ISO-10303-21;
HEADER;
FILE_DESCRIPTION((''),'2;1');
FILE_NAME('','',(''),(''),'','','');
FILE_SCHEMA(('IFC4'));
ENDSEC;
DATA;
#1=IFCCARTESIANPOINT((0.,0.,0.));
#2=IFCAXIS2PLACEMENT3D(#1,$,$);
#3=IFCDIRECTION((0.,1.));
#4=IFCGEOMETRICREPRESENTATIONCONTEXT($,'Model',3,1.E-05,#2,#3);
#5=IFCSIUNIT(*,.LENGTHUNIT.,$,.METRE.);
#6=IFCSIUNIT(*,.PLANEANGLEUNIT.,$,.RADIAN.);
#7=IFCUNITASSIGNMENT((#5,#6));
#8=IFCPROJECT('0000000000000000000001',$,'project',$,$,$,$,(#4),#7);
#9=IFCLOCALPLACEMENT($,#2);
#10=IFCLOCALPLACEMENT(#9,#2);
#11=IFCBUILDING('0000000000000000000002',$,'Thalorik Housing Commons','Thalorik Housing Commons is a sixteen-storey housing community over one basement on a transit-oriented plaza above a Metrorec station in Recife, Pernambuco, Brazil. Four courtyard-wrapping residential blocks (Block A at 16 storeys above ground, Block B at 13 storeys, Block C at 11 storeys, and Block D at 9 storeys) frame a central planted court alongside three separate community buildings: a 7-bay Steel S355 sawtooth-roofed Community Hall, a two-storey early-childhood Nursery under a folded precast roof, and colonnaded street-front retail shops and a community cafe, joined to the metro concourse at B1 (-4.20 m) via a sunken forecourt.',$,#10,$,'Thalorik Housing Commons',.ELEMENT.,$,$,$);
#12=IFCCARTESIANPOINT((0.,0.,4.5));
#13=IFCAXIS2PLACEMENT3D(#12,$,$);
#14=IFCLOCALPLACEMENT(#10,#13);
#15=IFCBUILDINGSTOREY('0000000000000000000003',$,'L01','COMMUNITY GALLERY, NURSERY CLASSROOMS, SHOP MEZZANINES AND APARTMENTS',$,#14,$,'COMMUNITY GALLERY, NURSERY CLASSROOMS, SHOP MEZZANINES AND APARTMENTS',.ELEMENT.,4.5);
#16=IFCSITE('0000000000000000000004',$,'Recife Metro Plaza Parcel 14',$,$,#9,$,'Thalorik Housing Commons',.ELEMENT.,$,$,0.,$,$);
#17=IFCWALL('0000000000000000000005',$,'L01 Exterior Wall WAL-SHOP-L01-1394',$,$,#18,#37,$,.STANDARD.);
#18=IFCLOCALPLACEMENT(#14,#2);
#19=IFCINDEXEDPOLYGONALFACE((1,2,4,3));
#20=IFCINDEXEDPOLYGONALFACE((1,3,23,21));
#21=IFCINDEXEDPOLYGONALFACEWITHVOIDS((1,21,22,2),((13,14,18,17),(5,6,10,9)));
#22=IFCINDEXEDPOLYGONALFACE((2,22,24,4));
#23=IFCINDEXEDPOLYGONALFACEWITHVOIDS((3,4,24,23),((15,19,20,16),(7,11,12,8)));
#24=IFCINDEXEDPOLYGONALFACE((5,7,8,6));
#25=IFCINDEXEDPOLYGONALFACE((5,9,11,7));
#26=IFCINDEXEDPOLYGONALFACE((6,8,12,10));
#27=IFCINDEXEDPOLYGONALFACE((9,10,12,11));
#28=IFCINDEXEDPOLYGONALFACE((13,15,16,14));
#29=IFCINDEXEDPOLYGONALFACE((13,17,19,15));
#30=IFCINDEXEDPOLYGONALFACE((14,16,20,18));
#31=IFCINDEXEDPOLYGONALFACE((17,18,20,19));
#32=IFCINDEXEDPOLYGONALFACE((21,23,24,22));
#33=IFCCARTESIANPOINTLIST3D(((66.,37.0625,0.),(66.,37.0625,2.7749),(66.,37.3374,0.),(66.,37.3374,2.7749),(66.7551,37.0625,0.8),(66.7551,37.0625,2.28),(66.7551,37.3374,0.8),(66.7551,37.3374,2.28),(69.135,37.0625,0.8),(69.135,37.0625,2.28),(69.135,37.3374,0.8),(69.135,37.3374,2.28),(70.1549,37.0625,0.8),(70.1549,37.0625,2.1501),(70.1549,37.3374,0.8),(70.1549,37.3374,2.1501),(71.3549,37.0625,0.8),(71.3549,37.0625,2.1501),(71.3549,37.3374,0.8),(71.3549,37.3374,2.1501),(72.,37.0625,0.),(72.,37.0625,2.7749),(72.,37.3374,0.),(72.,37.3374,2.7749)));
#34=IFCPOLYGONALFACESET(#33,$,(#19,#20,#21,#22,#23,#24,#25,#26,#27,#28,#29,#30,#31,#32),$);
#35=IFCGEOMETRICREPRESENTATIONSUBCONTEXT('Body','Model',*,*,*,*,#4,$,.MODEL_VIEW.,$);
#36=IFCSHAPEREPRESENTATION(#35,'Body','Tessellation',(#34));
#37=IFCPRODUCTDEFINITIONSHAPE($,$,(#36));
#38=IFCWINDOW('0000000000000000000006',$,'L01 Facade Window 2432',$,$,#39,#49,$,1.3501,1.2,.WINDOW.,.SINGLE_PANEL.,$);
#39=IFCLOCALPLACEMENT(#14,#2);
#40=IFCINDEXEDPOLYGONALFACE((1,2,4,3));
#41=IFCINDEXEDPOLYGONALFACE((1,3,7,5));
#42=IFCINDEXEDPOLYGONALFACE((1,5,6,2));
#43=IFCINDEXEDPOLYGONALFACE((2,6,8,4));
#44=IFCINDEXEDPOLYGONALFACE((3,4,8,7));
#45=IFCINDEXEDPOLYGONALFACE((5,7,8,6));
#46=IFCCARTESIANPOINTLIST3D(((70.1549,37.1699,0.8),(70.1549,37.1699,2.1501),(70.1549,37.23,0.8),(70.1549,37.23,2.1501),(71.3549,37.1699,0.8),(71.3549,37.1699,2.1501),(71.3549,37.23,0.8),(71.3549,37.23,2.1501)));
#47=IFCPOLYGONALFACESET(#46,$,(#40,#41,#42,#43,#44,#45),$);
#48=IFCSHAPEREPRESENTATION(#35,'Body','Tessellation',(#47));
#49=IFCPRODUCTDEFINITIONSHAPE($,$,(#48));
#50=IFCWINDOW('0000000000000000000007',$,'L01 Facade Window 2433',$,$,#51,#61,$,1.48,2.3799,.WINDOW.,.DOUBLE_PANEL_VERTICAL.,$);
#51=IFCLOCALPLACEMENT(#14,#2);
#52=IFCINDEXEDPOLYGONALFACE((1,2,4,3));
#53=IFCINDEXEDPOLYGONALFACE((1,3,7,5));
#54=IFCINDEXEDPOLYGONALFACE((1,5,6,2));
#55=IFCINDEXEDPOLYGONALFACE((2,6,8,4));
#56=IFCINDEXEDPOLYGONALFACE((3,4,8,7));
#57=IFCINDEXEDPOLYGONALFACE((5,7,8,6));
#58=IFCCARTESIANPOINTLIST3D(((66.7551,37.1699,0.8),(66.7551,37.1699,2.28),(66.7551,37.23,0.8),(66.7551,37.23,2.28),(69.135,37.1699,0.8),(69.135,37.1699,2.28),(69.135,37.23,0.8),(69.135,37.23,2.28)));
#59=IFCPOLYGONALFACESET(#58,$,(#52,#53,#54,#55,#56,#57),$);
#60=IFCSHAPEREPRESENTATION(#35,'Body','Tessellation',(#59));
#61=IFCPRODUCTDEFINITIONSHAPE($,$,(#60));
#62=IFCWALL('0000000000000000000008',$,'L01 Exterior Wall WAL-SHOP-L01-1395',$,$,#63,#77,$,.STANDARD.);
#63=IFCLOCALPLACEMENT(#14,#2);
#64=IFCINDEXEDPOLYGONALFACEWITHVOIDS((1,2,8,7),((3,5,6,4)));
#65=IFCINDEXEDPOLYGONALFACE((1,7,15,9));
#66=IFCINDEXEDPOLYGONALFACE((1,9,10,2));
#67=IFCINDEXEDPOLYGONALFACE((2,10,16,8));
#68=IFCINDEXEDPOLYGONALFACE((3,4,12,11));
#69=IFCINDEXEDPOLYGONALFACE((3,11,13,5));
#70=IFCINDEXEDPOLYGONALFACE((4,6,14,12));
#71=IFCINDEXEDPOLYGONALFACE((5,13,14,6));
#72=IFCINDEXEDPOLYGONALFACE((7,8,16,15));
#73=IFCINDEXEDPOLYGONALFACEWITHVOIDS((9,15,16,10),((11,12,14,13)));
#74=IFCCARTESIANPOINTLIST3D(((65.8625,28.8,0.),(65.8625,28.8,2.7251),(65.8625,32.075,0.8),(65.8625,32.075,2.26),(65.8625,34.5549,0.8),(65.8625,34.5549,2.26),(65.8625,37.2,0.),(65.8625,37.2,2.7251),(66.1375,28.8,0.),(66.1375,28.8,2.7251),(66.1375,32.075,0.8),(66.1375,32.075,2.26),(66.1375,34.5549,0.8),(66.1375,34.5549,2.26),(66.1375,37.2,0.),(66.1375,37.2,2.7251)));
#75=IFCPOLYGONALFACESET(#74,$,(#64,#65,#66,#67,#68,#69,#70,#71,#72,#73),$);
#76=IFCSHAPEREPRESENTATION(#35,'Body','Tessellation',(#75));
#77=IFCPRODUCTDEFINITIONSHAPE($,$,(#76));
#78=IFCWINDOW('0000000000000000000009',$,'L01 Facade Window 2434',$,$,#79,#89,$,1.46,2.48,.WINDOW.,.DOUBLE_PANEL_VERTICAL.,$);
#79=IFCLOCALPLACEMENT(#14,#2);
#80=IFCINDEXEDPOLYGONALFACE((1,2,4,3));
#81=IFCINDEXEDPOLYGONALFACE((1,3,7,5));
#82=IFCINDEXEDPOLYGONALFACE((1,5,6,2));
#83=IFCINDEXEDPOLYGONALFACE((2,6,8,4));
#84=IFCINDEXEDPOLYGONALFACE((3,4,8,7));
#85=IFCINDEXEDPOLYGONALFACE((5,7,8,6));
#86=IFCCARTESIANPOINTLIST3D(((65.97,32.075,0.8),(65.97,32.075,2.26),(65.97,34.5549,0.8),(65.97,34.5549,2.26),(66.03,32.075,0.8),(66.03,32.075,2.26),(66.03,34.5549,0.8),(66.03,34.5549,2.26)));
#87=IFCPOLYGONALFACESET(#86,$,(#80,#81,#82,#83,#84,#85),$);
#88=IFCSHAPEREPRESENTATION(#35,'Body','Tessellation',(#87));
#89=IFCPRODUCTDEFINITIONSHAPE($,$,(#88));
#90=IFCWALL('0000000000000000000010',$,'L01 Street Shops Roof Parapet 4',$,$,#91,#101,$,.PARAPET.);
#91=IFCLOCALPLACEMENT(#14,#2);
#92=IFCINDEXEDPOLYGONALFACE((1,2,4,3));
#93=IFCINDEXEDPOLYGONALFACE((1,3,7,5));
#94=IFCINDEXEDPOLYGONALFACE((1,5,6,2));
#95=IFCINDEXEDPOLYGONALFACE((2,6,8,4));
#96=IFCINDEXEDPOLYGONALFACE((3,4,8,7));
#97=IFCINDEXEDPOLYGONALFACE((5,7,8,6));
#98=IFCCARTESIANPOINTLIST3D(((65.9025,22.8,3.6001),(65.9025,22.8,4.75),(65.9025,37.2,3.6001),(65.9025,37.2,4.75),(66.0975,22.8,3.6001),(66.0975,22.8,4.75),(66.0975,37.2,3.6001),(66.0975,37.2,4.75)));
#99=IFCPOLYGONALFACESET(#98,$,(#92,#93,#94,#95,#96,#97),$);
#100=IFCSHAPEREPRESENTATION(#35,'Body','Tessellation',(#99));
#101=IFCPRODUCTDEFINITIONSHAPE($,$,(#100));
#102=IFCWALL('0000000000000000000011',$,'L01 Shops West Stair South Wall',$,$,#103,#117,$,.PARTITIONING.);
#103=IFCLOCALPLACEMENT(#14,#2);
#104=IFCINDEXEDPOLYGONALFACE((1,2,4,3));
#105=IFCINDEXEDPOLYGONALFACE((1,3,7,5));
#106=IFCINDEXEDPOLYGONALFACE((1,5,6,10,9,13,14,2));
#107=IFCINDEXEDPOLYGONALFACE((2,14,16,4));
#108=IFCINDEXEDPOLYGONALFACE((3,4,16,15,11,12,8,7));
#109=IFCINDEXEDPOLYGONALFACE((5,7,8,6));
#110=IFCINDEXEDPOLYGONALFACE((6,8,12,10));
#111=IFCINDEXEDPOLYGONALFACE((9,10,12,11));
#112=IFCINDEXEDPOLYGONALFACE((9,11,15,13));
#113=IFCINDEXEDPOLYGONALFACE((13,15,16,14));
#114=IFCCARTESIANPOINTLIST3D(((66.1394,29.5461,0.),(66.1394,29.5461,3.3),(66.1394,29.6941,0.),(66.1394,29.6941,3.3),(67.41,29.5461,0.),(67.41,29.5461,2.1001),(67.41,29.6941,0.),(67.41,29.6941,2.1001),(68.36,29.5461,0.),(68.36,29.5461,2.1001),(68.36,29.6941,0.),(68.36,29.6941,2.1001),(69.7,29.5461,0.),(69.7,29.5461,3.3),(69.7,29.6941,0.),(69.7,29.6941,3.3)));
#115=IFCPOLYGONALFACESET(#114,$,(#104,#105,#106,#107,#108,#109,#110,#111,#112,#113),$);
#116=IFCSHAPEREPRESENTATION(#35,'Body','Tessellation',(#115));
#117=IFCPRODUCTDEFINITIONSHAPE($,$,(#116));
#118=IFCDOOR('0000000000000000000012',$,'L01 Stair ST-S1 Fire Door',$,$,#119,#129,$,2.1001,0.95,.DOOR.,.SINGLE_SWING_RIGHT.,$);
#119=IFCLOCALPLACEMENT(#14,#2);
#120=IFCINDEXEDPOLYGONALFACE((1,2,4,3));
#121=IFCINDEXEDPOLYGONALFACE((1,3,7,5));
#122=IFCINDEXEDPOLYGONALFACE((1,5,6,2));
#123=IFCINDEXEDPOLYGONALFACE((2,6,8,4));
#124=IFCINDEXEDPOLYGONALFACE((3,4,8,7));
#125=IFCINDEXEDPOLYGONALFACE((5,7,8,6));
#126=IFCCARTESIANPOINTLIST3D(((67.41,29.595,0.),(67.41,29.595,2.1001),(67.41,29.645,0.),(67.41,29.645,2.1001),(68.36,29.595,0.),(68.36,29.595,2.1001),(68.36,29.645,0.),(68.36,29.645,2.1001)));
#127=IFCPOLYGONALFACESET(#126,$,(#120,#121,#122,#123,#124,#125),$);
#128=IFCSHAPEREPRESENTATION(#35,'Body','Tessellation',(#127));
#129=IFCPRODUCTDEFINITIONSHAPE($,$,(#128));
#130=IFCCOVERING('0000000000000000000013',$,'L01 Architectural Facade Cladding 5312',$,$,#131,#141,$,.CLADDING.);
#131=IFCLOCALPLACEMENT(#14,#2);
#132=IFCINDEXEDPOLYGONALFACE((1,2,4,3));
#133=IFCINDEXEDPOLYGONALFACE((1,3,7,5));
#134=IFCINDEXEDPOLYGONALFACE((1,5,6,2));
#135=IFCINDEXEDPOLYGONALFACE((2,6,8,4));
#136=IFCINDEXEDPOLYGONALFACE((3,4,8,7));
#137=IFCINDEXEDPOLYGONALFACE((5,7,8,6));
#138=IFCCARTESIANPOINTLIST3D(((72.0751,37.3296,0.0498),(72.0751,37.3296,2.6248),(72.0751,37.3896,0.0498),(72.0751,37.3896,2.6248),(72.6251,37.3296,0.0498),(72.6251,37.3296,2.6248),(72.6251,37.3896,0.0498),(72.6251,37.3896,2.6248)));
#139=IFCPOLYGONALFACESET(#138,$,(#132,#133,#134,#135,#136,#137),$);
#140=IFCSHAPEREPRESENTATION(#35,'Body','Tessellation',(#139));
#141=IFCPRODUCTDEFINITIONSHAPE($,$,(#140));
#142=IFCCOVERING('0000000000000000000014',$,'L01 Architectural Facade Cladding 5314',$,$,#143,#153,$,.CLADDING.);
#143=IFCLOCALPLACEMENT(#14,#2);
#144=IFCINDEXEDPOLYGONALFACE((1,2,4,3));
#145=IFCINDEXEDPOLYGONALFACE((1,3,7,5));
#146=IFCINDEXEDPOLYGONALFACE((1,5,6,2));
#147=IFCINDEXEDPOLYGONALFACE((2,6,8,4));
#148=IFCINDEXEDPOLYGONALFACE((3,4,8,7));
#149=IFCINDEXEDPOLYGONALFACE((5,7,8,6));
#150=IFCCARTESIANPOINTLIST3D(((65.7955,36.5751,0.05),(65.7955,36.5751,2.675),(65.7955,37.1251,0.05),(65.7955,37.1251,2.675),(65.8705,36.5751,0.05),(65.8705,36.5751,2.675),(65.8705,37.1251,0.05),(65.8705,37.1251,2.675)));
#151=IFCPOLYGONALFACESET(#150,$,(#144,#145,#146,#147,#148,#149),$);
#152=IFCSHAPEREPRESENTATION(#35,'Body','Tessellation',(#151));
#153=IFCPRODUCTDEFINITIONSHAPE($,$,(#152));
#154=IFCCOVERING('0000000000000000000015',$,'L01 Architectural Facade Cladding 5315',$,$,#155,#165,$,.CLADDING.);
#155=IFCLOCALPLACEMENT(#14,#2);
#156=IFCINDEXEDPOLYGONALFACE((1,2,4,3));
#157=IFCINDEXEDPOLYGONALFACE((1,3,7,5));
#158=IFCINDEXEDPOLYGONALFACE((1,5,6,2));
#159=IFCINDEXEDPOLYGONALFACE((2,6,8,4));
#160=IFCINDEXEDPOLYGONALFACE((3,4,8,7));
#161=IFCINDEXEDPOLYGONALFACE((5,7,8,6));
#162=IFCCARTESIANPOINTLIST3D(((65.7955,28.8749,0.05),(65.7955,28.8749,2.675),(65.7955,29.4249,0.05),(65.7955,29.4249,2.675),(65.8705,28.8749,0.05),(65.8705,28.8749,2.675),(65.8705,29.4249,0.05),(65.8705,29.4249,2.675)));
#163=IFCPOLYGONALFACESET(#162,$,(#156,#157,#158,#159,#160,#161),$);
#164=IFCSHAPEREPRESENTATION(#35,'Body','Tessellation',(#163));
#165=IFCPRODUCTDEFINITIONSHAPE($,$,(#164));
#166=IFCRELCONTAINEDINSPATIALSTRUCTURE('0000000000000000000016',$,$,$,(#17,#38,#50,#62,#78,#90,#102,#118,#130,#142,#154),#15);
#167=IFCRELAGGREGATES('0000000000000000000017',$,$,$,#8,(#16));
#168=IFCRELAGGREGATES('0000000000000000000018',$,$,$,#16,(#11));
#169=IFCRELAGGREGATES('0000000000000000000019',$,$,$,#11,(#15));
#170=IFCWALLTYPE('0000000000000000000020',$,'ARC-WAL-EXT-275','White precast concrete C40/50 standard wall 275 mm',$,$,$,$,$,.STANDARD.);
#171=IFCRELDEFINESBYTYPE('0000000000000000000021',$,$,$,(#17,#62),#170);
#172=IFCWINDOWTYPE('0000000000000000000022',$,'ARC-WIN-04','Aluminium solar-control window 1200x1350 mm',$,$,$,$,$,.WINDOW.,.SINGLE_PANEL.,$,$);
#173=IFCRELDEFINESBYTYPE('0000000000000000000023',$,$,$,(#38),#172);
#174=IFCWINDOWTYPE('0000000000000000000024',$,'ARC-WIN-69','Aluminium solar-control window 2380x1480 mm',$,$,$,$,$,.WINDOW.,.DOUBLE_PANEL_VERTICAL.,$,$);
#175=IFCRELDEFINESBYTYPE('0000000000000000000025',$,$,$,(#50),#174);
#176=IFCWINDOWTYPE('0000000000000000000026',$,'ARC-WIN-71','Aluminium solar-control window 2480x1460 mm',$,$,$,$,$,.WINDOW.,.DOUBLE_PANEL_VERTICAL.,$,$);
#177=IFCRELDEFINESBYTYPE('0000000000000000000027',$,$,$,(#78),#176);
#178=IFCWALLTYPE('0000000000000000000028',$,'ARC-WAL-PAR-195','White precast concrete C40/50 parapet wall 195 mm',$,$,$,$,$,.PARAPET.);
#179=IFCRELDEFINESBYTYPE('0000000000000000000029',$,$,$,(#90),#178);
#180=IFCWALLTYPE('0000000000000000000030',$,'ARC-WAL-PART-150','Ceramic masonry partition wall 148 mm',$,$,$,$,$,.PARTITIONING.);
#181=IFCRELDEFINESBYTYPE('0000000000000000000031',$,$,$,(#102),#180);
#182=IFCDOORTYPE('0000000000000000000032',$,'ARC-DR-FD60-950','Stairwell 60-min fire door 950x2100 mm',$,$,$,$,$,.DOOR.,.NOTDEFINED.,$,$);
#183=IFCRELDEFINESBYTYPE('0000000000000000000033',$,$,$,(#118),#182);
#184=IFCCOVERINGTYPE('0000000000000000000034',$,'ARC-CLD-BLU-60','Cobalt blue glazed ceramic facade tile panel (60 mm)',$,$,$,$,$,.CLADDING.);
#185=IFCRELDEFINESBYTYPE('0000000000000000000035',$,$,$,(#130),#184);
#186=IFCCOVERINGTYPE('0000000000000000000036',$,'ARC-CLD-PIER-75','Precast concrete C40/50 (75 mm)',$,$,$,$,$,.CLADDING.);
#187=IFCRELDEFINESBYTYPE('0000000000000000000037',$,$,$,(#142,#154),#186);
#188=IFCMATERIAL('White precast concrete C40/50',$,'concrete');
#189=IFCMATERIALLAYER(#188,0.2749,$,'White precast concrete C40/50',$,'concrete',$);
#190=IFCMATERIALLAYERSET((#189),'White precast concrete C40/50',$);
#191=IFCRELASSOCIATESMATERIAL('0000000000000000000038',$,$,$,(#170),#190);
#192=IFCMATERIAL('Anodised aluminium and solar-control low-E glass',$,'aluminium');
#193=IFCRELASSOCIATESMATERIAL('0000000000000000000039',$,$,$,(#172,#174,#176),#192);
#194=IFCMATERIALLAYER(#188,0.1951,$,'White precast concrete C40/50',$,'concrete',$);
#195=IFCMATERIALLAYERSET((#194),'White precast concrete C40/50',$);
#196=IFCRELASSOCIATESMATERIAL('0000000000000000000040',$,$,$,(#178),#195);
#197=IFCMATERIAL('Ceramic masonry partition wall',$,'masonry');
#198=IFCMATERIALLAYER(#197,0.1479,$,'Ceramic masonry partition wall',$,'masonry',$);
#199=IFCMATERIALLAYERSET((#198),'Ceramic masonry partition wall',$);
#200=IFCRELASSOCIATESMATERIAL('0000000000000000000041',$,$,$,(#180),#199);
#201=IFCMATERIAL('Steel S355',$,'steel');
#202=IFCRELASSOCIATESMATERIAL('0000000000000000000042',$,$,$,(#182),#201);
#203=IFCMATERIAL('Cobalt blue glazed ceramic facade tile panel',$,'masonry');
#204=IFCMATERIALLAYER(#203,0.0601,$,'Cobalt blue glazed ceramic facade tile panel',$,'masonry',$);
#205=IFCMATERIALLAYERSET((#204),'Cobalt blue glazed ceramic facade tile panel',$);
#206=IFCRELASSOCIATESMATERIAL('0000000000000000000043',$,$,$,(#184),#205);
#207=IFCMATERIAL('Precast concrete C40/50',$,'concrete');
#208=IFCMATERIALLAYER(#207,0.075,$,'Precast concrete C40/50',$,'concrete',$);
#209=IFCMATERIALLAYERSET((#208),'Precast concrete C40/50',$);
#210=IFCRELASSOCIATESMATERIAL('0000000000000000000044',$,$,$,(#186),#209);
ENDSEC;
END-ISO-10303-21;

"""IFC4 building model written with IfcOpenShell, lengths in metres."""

from ifc_helpers import new_model, si_unit, direction, frame, frame_2d, origin, origin_2d, place, context, subcontext, project, spatial, rectangle, extrude, material, layer, layer_set, type_object, element, fill, save


model = new_model("IFC4")

# Units and contexts
model_context = context("Model", 3, precision=1e-05, world=origin(), true_north=direction((0.0, 1.0)))
body_context = subcontext(model_context, "Body", "Model", "MODEL_VIEW")
ifc_project = project(units=[si_unit("LENGTHUNIT", "METRE"), si_unit("PLANEANGLEUNIT", "RADIAN")], contexts=[model_context])

# Site, building, storey
site_placement = place(None, origin())
site = spatial("IfcSite", under=ifc_project, at=site_placement, Name="Recife Metro Plaza Parcel 14", LongName="Thalorik Housing Commons", CompositionType="ELEMENT", RefElevation=0.0)
building_placement = place(site_placement, origin())
building = spatial("IfcBuilding", under=site, at=building_placement, Name="Thalorik Housing Commons", Description="Thalorik Housing Commons is a sixteen-storey housing community over one basement on a transit-oriented plaza above a Metrorec station in Recife, Pernambuco, Brazil. Four courtyard-wrapping residential blocks (Block A at 16 storeys above ground, Block B at 13 storeys, Block C at 11 storeys, and Block D at 9 storeys) frame a central planted court alongside three separate community buildings: a 7-bay Steel S355 sawtooth-roofed Community Hall, a two-storey early-childhood Nursery under a folded precast roof, and colonnaded street-front retail shops and a community cafe, joined to the metro concourse at B1 (-4.20 m) via a sunken forecourt.", LongName="Thalorik Housing Commons", CompositionType="ELEMENT")
storey_placement = place(building_placement, frame((0.0, 0.0, 4.5)))
storey = spatial("IfcBuildingStorey", under=building, at=storey_placement, Name="L01", Description="COMMUNITY GALLERY, NURSERY CLASSROOMS, SHOP MEZZANINES AND APARTMENTS", LongName="COMMUNITY GALLERY, NURSERY CLASSROOMS, SHOP MEZZANINES AND APARTMENTS", CompositionType="ELEMENT", Elevation=4.5)

# Shared definitions
ifc_material_1 = material(Name="Steel S355", Category="steel")
ifc_material_2 = material(Name="Precast concrete C40/50", Category="concrete")

# Wall, openings, windows
ifc_material_3 = material(Name="White precast concrete C40/50", Category="concrete")
ifc_layer_1 = layer(ifc_material_3, 0.2749, Name="White precast concrete C40/50", Category="concrete")
ifc_layer_set_1 = layer_set([ifc_layer_1], Name="White precast concrete C40/50")
wall_type_1 = type_object("IfcWallType", Name="ARC-WAL-EXT-275", Description="White precast concrete C40/50 standard wall 275 mm", PredefinedType="STANDARD", material=ifc_layer_set_1)
wall_1_placement = place(storey_placement, frame((72.0, 37.2, 0.0), z_axis=(0.0, 0.0, 1.0), x_axis=(-1.0, 0.0, 0.0)))
wall_1 = element("IfcWall", 1, at=wall_1_placement, inside=storey, type_object=wall_type_1, Name="L01 Exterior Wall WAL-SHOP-L01-1394", PredefinedType="STANDARD", context=body_context, shape_type="SweptSolid", body=[
    extrude(rectangle(XDim=6.0, YDim=0.2749, at=frame_2d((3.0, 0.0))), origin(), (0.0, 0.0, 1.0), 2.7749),
])
opening_1_placement = place(wall_1_placement, frame((0.645, 0.0, 0.8)))
opening_1 = element("IfcOpeningElement", 2, at=opening_1_placement, cuts=wall_1, PredefinedType="OPENING", context=body_context, shape_type="SweptSolid", body=[
    extrude(rectangle(XDim=1.2, YDim=1.3501, at=frame_2d((0.6001, 0.675))), frame((0.0, 0.1475, 0.0), z_axis=(0.0, -1.0, 0.0), x_axis=(1.0, 0.0, 0.0)), (0.0, 0.0, 1.0), 0.2949),
])
opening_2_placement = place(wall_1_placement, frame((2.865, 0.0, 0.8)))
opening_2 = element("IfcOpeningElement", 3, at=opening_2_placement, cuts=wall_1, PredefinedType="OPENING", context=body_context, shape_type="SweptSolid", body=[
    extrude(rectangle(XDim=2.3799, YDim=1.48, at=frame_2d((1.1899, 0.74))), frame((0.0, 0.1475, 0.0), z_axis=(0.0, -1.0, 0.0), x_axis=(1.0, 0.0, 0.0)), (0.0, 0.0, 1.0), 0.2949),
])
ifc_material_4 = material(Name="Anodised aluminium and solar-control low-E glass", Category="aluminium")
window_type_1 = type_object("IfcWindowType", Name="ARC-WIN-04", Description="Aluminium solar-control window 1200x1350 mm", PartitioningType="SINGLE_PANEL", PredefinedType="WINDOW", material=ifc_material_4)
window_1_placement = place(opening_1_placement, origin())
window_1 = element("IfcWindow", 4, at=window_1_placement, inside=storey, type_object=window_type_1, Name="L01 Facade Window 2432", OverallHeight=1.3501, OverallWidth=1.2, PartitioningType="SINGLE_PANEL", PredefinedType="WINDOW", context=body_context, shape_type="SweptSolid", body=[
    extrude(rectangle(XDim=1.2, YDim=1.3501, at=frame_2d((0.6001, 0.675))), frame((0.0, 0.03, 0.0), z_axis=(0.0, -1.0, 0.0), x_axis=(1.0, 0.0, 0.0)), (0.0, 0.0, 1.0), 0.0601),
])
fill(opening_1, window_1)
window_type_2 = type_object("IfcWindowType", Name="ARC-WIN-69", Description="Aluminium solar-control window 2380x1480 mm", PartitioningType="DOUBLE_PANEL_VERTICAL", PredefinedType="WINDOW", material=ifc_material_4)
window_2_placement = place(opening_2_placement, origin())
window_2 = element("IfcWindow", 5, at=window_2_placement, inside=storey, type_object=window_type_2, Name="L01 Facade Window 2433", OverallHeight=1.48, OverallWidth=2.3799, PartitioningType="DOUBLE_PANEL_VERTICAL", PredefinedType="WINDOW", context=body_context, shape_type="SweptSolid", body=[
    extrude(rectangle(XDim=2.3799, YDim=1.48, at=frame_2d((1.1899, 0.74))), frame((0.0, 0.03, 0.0), z_axis=(0.0, -1.0, 0.0), x_axis=(1.0, 0.0, 0.0)), (0.0, 0.0, 1.0), 0.0601),
])
fill(opening_2, window_2)

# Wall, opening, window
wall_2_placement = place(storey_placement, frame((66.0, 37.2, 0.0), z_axis=(0.0, 0.0, 1.0), x_axis=(0.0, -1.0, 0.0)))
wall_2 = element("IfcWall", 6, at=wall_2_placement, inside=storey, type_object=wall_type_1, Name="L01 Exterior Wall WAL-SHOP-L01-1395", PredefinedType="STANDARD", context=body_context, shape_type="SweptSolid", body=[
    extrude(rectangle(XDim=8.3999, YDim=0.2749, at=frame_2d((4.2, 0.0))), origin(), (0.0, 0.0, 1.0), 2.7251),
])
opening_3_placement = place(wall_2_placement, frame((2.645, 0.0, 0.8)))
opening_3 = element("IfcOpeningElement", 7, at=opening_3_placement, cuts=wall_2, PredefinedType="OPENING", context=body_context, shape_type="SweptSolid", body=[
    extrude(rectangle(XDim=2.48, YDim=1.46, at=frame_2d((1.24, 0.73))), frame((0.0, 0.1475, 0.0), z_axis=(0.0, -1.0, 0.0), x_axis=(1.0, 0.0, 0.0)), (0.0, 0.0, 1.0), 0.2949),
])
window_type_3 = type_object("IfcWindowType", Name="ARC-WIN-71", Description="Aluminium solar-control window 2480x1460 mm", PartitioningType="DOUBLE_PANEL_VERTICAL", PredefinedType="WINDOW", material=ifc_material_4)
window_3_placement = place(opening_3_placement, origin())
window_3 = element("IfcWindow", 8, at=window_3_placement, inside=storey, type_object=window_type_3, Name="L01 Facade Window 2434", OverallHeight=1.46, OverallWidth=2.48, PartitioningType="DOUBLE_PANEL_VERTICAL", PredefinedType="WINDOW", context=body_context, shape_type="SweptSolid", body=[
    extrude(rectangle(XDim=2.48, YDim=1.46, at=frame_2d((1.24, 0.73))), frame((0.0, 0.03, 0.0), z_axis=(0.0, -1.0, 0.0), x_axis=(1.0, 0.0, 0.0)), (0.0, 0.0, 1.0), 0.0601),
])
fill(opening_3, window_3)

# Wall
ifc_layer_2 = layer(ifc_material_3, 0.1951, Name="White precast concrete C40/50", Category="concrete")
ifc_layer_set_2 = layer_set([ifc_layer_2], Name="White precast concrete C40/50")
wall_type_2 = type_object("IfcWallType", Name="ARC-WAL-PAR-195", Description="White precast concrete C40/50 parapet wall 195 mm", PredefinedType="PARAPET", material=ifc_layer_set_2)
wall_3_placement = place(storey_placement, frame((66.0, 37.2, 3.6001), z_axis=(0.0, 0.0, 1.0), x_axis=(0.0, -1.0, 0.0)))
element("IfcWall", 9, at=wall_3_placement, inside=storey, type_object=wall_type_2, Name="L01 Street Shops Roof Parapet 4", PredefinedType="PARAPET", context=body_context, shape_type="SweptSolid", body=[
    extrude(rectangle(XDim=14.3999, YDim=0.1951, at=frame_2d((7.2, 0.0))), origin(), (0.0, 0.0, 1.0), 1.1499),
])

# Wall, opening, door
ifc_material_5 = material(Name="Ceramic masonry partition wall", Category="masonry")
ifc_layer_3 = layer(ifc_material_5, 0.1479, Name="Ceramic masonry partition wall", Category="masonry")
ifc_layer_set_3 = layer_set([ifc_layer_3], Name="Ceramic masonry partition wall")
wall_type_3 = type_object("IfcWallType", Name="ARC-WAL-PART-150", Description="Ceramic masonry partition wall 148 mm", PredefinedType="PARTITIONING", material=ifc_layer_set_3)
wall_4_placement = place(storey_placement, frame((66.1394, 29.6201, 0.0), z_axis=(0.0, 0.0, 1.0), x_axis=(1.0, 0.0, 0.0)))
wall_4 = element("IfcWall", 10, at=wall_4_placement, inside=storey, type_object=wall_type_3, Name="L01 Shops West Stair South Wall", PredefinedType="PARTITIONING", context=body_context, shape_type="SweptSolid", body=[
    extrude(rectangle(XDim=3.5605, YDim=0.1479, at=frame_2d((1.7803, 0.0))), origin(), (0.0, 0.0, 1.0), 3.3),
])
opening_4_placement = place(wall_4_placement, frame((1.2705, 0.0, 0.0)))
opening_4 = element("IfcOpeningElement", 11, at=opening_4_placement, cuts=wall_4, PredefinedType="OPENING", context=body_context, shape_type="SweptSolid", body=[
    extrude(rectangle(XDim=0.95, YDim=2.1001, at=frame_2d((0.4751, 1.05))), frame((0.0, 0.084, 0.0), z_axis=(0.0, -1.0, 0.0), x_axis=(1.0, 0.0, 0.0)), (0.0, 0.0, 1.0), 0.168),
])
door_type = type_object("IfcDoorType", Name="ARC-DR-FD60-950", Description="Stairwell 60-min fire door 950x2100 mm", OperationType="NOTDEFINED", PredefinedType="DOOR", material=ifc_material_1)
door_placement = place(opening_4_placement, origin())
door = element("IfcDoor", 12, at=door_placement, inside=storey, type_object=door_type, Name="L01 Stair ST-S1 Fire Door", OperationType="SINGLE_SWING_RIGHT", OverallHeight=2.1001, OverallWidth=0.95, PredefinedType="DOOR", context=body_context, shape_type="SweptSolid", body=[
    extrude(rectangle(XDim=0.95, YDim=2.1001, at=frame_2d((0.4751, 1.05))), frame((0.0, 0.0249, 0.0), z_axis=(0.0, -1.0, 0.0), x_axis=(1.0, 0.0, 0.0)), (0.0, 0.0, 1.0), 0.05),
])
fill(opening_4, door)

# Coverings
ifc_material_6 = material(Name="Cobalt blue glazed ceramic facade tile panel", Category="masonry")
ifc_layer_4 = layer(ifc_material_6, 0.0601, Name="Cobalt blue glazed ceramic facade tile panel", Category="masonry")
ifc_layer_set_4 = layer_set([ifc_layer_4], Name="Cobalt blue glazed ceramic facade tile panel")
covering_type_1 = type_object("IfcCoveringType", Name="ARC-CLD-BLU-60", Description="Cobalt blue glazed ceramic facade tile panel (60 mm)", PredefinedType="CLADDING", material=ifc_layer_set_4)
covering_1_placement = place(storey_placement, frame((72.3501, 37.3596, 0.0498), z_axis=(0.0, 0.0, 1.0), x_axis=(-1.0, 0.0, 0.0)))
element("IfcCovering", 13, at=covering_1_placement, inside=storey, type_object=covering_type_1, Name="L01 Architectural Facade Cladding 5312", PredefinedType="CLADDING", context=body_context, shape_type="SweptSolid", body=[
    extrude(rectangle(XDim=0.55, YDim=0.0601, at=origin_2d()), origin(), (0.0, 0.0, 1.0), 2.575),
])
ifc_layer_5 = layer(ifc_material_2, 0.075, Name="Precast concrete C40/50", Category="concrete")
ifc_layer_set_5 = layer_set([ifc_layer_5], Name="Precast concrete C40/50")
covering_type_2 = type_object("IfcCoveringType", Name="ARC-CLD-PIER-75", Description="Precast concrete C40/50 (75 mm)", PredefinedType="CLADDING", material=ifc_layer_set_5)
for number, where, z_axis, x_axis, name in (
    (14, (65.833, 36.8501, 0.05), (0.0, 0.0, 1.0), (0.0, -1.0, 0.0), "L01 Architectural Facade Cladding 5314"),
    (15, (65.833, 29.1499, 0.05), (0.0, 0.0, 1.0), (0.0, -1.0, 0.0), "L01 Architectural Facade Cladding 5315"),
):
    element("IfcCovering", number, at=place(storey_placement, frame(where, z_axis=z_axis, x_axis=x_axis)), inside=storey, type_object=covering_type_2, Name=name, PredefinedType="CLADDING", context=body_context, shape_type="SweptSolid", body=[
        extrude(rectangle(XDim=0.55, YDim=0.075, at=origin_2d()), origin(), (0.0, 0.0, 1.0), 2.625),
    ])

save(model, "model.ifc")
